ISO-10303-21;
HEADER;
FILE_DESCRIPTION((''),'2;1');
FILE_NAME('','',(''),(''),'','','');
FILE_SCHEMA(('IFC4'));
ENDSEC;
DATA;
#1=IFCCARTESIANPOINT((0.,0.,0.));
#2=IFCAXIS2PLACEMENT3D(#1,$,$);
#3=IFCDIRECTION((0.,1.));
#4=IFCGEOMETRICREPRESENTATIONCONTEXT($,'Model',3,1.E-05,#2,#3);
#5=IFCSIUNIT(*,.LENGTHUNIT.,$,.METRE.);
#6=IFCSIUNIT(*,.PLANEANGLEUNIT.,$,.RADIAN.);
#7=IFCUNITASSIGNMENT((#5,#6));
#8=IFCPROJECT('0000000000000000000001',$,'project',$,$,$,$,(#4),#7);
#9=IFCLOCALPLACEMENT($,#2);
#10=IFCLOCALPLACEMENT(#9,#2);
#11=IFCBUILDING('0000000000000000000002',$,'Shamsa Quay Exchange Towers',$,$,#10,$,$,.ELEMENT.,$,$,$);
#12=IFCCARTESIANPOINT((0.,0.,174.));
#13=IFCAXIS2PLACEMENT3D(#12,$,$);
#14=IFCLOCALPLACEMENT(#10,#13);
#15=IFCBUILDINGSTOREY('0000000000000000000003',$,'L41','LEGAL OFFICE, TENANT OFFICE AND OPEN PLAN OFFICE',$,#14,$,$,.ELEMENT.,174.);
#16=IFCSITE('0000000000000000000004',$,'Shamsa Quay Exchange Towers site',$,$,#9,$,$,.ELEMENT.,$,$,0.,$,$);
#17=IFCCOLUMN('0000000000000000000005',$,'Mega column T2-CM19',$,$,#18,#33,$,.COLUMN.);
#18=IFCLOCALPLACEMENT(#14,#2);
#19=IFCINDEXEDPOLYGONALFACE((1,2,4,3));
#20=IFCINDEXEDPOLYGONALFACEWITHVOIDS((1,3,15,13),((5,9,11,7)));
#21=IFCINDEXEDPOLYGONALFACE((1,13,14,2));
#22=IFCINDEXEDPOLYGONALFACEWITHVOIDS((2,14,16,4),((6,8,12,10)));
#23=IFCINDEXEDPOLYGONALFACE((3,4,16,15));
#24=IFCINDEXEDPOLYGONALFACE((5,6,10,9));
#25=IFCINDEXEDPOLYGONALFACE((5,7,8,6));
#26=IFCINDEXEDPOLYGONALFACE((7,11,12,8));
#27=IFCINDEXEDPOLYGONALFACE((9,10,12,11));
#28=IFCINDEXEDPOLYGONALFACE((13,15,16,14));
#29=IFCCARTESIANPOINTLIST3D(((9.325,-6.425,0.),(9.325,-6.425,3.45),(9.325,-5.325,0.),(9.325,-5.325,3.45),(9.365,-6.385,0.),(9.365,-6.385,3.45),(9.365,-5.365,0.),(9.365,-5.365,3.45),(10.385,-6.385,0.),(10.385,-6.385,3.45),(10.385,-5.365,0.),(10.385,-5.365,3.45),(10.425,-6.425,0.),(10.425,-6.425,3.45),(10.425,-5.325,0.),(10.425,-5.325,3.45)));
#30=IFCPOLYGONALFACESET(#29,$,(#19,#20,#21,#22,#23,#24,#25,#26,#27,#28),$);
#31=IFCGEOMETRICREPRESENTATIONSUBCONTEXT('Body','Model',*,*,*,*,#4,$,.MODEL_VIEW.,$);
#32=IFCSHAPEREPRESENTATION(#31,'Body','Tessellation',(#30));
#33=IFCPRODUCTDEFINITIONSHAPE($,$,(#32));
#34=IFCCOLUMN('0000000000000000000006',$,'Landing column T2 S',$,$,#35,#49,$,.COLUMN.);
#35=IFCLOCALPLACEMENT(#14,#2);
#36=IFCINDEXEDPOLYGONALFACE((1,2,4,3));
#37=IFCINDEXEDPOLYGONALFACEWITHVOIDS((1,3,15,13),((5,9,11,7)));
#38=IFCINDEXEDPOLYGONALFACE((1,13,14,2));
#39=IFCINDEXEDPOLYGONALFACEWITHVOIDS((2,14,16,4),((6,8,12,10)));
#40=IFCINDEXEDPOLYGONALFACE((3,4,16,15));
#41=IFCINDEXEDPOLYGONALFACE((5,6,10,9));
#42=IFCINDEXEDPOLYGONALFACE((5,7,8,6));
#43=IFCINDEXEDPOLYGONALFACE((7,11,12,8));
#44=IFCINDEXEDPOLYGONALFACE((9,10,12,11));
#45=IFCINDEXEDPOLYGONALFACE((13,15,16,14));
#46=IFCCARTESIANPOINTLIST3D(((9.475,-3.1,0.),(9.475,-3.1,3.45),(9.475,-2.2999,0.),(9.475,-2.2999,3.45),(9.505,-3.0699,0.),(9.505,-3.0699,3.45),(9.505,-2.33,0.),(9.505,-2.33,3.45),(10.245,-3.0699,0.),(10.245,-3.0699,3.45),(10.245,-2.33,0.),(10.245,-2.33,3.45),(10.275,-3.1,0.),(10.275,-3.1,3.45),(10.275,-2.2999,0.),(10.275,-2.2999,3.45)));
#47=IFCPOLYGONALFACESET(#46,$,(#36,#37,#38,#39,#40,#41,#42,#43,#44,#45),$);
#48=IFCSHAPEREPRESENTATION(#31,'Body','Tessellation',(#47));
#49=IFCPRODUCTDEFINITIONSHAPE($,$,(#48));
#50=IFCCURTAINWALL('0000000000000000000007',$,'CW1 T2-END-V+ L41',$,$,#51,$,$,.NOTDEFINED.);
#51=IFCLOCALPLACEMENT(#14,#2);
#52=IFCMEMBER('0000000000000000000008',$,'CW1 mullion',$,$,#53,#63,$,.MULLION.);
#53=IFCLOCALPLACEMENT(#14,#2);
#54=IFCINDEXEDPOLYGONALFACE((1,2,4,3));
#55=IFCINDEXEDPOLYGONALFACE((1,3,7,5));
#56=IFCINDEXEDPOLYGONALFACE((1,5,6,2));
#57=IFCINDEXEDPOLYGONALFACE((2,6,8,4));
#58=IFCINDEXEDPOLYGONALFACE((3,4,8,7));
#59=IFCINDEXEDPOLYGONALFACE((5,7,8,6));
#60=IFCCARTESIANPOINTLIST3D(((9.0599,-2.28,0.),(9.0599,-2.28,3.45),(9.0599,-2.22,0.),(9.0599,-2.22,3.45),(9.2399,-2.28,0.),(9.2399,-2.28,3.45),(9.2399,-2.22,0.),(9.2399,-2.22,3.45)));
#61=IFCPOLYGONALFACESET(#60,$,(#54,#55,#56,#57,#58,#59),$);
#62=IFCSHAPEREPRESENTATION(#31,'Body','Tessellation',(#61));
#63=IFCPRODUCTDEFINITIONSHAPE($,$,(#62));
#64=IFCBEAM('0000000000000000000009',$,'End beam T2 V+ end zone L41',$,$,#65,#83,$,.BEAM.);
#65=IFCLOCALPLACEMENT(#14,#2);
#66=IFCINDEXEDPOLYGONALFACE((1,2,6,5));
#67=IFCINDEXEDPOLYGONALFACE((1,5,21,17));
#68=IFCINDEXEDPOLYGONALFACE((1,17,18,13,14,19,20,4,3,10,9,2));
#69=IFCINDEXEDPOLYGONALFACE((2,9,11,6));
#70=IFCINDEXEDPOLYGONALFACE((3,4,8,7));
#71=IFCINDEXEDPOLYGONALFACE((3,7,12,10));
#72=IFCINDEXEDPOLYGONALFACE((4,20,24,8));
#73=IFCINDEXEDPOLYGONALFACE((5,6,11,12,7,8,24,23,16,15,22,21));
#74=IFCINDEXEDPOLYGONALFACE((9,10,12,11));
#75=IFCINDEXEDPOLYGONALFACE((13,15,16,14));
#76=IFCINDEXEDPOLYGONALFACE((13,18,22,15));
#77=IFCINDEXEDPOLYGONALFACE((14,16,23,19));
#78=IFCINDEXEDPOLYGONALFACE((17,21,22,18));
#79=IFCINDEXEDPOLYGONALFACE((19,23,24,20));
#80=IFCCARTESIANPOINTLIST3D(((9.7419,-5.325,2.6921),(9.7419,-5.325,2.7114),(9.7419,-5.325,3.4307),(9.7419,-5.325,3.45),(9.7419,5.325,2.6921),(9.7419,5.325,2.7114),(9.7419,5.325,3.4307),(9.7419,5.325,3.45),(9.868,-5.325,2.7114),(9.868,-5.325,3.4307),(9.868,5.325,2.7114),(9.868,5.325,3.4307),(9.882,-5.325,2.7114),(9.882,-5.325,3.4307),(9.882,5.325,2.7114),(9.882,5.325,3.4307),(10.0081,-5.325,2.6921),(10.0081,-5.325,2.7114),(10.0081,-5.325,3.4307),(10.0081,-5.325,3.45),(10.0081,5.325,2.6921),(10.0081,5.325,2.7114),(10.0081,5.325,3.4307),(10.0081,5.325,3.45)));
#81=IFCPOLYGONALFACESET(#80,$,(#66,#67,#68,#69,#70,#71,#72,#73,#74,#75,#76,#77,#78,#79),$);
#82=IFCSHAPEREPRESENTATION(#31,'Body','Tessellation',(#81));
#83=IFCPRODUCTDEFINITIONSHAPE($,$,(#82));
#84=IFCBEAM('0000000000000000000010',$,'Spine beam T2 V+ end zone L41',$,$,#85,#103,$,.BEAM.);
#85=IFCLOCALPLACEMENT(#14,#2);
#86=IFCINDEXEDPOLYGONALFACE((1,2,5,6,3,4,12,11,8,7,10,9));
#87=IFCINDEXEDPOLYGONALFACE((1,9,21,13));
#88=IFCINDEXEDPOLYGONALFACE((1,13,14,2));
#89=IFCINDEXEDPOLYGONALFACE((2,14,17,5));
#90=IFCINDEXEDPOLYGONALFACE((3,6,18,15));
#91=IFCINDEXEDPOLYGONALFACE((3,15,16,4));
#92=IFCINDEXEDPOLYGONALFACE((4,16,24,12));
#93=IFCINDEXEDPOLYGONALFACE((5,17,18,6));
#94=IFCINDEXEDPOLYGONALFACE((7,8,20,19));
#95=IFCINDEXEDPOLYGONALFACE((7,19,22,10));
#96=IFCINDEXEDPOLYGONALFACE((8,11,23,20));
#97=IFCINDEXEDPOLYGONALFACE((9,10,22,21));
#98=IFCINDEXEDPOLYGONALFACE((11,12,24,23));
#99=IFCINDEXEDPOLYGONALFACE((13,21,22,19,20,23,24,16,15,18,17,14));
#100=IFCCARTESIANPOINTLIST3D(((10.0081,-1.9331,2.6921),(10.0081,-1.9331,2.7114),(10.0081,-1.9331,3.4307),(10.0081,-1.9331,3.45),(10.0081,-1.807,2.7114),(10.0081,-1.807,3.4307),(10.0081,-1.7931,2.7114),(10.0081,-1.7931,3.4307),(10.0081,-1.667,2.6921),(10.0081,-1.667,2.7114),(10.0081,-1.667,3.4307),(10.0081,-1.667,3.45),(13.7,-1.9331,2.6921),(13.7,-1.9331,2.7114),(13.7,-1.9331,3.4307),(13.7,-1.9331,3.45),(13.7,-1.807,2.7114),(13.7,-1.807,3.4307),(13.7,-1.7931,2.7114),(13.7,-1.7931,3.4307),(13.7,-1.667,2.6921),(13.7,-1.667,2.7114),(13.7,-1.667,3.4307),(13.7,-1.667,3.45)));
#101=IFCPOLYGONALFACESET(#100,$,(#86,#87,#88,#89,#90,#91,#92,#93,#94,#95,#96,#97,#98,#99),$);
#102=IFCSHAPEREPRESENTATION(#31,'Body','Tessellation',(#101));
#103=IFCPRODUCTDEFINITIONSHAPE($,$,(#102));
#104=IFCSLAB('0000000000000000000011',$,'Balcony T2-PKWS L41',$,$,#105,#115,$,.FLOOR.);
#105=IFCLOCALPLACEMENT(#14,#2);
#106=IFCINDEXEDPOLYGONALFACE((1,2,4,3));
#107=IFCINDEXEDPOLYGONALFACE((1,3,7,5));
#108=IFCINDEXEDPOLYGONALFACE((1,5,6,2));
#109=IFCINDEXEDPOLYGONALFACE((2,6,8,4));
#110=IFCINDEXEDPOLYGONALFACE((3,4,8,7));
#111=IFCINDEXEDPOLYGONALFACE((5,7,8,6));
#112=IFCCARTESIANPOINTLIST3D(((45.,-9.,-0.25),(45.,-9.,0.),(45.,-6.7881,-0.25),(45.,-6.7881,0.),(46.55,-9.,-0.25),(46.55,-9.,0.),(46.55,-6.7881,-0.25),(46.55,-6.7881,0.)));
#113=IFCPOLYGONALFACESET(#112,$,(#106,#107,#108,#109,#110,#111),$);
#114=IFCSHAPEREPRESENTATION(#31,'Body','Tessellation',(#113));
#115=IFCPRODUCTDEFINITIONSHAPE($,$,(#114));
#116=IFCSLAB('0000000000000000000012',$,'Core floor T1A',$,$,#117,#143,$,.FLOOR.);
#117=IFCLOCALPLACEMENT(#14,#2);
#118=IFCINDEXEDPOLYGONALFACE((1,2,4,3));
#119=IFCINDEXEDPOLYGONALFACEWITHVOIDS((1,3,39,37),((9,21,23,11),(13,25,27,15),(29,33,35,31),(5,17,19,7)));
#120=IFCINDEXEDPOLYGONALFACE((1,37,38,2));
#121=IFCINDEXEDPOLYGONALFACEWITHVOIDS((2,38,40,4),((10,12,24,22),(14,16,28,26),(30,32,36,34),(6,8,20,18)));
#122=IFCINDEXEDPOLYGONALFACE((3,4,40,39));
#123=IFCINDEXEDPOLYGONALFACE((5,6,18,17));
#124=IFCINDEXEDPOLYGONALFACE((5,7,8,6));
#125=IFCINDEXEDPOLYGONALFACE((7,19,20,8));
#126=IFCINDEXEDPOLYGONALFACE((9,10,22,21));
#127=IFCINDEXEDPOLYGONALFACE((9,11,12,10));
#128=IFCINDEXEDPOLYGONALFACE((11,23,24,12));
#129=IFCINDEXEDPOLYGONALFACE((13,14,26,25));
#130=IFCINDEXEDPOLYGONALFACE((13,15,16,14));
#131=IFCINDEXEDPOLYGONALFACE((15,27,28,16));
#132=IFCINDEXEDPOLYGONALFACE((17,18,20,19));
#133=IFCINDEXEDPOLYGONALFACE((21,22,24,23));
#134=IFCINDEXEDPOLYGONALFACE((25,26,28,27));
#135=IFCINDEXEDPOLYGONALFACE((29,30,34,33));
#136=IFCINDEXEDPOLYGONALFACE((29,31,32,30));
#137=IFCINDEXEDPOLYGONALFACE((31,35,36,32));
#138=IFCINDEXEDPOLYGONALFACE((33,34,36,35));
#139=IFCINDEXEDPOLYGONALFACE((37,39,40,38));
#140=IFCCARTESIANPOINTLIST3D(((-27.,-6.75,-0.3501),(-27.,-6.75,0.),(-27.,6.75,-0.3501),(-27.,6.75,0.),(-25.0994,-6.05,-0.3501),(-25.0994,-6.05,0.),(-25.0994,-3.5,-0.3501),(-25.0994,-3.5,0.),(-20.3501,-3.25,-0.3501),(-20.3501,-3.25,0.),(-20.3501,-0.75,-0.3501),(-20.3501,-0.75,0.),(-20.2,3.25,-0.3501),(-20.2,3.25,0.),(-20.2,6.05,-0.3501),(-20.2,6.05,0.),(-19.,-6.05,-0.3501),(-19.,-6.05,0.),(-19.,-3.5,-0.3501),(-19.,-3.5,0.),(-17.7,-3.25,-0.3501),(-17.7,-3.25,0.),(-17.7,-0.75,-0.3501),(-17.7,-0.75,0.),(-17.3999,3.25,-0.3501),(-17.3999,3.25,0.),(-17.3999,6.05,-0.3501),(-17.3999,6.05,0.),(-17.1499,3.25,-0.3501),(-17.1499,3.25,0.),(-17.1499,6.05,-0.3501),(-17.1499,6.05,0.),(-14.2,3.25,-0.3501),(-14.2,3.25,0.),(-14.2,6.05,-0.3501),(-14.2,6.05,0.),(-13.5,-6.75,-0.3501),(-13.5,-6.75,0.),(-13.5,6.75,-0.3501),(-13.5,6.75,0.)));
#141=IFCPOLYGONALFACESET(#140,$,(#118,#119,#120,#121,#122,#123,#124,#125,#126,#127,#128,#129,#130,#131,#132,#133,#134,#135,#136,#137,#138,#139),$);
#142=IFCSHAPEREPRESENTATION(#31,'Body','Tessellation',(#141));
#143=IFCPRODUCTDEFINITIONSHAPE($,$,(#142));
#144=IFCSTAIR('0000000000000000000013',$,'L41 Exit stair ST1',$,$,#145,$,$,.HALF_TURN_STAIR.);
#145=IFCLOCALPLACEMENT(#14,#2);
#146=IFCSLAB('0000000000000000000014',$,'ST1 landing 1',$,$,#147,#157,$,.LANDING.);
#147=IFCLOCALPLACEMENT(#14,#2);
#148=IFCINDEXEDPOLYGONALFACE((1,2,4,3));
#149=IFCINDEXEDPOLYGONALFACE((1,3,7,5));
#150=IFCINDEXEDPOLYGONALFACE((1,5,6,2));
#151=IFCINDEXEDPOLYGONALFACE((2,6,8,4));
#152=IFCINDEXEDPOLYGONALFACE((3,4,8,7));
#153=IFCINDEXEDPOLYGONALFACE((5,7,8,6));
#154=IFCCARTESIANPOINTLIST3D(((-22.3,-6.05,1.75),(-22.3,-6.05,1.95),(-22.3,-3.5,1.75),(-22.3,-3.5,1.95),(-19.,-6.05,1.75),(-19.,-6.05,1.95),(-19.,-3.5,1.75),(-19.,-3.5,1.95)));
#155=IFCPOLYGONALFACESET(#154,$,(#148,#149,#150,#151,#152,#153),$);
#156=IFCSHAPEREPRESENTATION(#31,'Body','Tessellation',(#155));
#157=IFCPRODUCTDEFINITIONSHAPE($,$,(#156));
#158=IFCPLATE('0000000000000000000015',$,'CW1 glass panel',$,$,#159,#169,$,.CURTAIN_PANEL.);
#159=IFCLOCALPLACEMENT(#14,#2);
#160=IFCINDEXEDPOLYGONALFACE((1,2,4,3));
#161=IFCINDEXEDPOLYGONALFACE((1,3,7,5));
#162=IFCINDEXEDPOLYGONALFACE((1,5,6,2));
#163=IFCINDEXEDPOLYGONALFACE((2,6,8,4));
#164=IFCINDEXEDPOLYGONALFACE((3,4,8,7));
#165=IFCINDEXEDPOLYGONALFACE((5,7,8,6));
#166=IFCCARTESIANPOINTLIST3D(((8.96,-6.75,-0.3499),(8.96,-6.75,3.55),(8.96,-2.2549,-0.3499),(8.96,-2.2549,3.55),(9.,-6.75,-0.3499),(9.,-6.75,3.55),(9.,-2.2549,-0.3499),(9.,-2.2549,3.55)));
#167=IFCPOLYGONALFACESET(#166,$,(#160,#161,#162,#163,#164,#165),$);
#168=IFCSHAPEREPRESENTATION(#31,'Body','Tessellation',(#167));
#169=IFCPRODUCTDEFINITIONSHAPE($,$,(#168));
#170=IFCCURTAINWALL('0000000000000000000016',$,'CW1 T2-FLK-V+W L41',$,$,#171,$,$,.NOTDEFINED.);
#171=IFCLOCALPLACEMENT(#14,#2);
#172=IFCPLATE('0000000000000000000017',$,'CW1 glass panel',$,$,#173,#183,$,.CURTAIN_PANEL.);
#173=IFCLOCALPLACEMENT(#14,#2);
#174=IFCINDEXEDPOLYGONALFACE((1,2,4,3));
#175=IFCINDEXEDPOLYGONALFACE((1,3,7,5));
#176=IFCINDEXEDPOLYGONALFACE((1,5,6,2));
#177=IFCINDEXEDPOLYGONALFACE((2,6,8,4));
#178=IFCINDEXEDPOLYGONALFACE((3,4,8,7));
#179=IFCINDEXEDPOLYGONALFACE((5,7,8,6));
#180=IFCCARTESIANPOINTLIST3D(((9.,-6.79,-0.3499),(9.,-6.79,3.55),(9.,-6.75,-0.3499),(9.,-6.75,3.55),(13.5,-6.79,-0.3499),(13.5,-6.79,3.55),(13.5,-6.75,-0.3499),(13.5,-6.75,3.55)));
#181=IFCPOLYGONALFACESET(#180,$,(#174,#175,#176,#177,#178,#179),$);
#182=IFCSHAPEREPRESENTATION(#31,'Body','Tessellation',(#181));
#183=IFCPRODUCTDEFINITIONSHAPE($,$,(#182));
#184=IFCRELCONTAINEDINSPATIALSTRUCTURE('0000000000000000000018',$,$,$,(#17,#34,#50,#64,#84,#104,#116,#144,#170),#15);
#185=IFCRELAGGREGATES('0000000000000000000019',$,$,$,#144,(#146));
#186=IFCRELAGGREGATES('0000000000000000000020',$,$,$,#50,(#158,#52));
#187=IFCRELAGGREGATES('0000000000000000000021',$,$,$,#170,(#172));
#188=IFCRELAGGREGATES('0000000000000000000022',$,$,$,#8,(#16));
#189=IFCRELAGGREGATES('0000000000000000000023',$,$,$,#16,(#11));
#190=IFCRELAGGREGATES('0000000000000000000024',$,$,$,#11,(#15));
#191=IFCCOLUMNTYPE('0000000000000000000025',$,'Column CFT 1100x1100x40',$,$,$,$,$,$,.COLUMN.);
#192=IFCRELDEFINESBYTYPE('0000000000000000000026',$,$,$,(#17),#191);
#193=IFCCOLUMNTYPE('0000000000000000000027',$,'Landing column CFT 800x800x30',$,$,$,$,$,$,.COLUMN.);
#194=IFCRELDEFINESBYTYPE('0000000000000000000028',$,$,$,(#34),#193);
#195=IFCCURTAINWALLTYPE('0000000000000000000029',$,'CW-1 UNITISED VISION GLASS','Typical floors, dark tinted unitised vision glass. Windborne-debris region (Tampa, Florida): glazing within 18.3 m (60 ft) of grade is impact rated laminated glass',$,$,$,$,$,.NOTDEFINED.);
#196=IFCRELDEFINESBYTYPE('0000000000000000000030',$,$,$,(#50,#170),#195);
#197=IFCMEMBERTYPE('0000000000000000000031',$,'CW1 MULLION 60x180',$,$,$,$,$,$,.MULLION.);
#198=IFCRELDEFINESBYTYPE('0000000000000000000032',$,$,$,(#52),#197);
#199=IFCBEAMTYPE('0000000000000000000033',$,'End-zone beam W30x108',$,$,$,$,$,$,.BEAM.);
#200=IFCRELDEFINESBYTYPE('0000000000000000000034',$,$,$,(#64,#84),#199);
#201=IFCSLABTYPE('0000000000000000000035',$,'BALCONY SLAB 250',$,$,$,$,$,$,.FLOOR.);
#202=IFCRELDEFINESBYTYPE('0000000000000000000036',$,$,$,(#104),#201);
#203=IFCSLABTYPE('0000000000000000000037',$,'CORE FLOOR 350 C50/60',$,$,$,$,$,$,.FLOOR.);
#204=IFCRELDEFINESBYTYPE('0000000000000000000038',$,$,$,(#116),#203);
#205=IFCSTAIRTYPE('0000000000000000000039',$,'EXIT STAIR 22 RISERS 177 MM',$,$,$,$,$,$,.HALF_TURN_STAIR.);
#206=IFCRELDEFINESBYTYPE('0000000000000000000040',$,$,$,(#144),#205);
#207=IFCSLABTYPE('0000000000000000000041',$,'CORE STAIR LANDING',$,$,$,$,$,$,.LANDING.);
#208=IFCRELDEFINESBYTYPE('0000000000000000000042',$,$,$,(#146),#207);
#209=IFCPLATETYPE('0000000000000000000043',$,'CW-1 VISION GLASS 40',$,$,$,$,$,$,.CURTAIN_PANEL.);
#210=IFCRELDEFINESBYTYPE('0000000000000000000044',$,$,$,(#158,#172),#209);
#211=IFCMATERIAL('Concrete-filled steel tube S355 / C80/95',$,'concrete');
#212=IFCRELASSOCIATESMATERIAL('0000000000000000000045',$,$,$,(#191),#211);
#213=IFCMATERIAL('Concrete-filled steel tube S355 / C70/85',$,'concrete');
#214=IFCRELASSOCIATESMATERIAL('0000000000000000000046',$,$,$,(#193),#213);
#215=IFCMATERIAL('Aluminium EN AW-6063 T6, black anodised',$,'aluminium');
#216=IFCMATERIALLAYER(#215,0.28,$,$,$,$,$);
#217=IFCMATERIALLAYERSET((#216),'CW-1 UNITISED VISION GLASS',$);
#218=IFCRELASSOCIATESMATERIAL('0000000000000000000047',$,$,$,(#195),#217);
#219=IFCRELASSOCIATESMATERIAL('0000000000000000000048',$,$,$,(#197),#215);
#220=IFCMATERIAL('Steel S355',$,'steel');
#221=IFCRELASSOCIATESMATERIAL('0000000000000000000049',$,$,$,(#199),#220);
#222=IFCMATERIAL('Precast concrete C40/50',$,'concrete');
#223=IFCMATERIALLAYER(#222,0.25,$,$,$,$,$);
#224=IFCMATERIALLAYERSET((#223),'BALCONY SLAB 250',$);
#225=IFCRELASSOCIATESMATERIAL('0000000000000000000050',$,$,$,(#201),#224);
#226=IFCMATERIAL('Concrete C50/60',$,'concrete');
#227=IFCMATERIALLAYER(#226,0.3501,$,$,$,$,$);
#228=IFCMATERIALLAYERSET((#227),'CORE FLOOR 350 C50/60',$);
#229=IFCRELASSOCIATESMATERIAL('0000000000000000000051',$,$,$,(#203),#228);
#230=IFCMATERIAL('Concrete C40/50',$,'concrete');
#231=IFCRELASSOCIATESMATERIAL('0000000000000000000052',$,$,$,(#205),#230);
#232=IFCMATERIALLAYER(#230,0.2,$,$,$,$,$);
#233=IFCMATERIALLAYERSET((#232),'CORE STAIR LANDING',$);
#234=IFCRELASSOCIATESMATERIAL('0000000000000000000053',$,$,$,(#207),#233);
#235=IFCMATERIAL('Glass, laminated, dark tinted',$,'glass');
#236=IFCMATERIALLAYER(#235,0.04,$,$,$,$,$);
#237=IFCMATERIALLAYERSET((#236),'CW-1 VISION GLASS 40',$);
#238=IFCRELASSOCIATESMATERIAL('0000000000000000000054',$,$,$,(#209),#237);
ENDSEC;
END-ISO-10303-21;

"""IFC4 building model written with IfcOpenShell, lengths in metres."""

from ifc_helpers import new_model, si_unit, direction, frame, origin, origin_2d, place, context, subcontext, project, spatial, polyline, rectangle, hollow_rectangle, i_section, outline, extrude, material, layer, layer_set, material_profile, profile_set, type_object, element, aggregate, save


model = new_model("IFC4")

# Units and contexts
model_context = context("Model", 3, precision=1e-05, world=origin(), true_north=direction((0.0, 1.0)))
body_context = subcontext(model_context, "Body", "Model", "MODEL_VIEW")
ifc_project = project(units=[si_unit("LENGTHUNIT", "METRE"), si_unit("PLANEANGLEUNIT", "RADIAN")], contexts=[model_context])

# Site, building, storey
site_placement = place(None, origin())
site = spatial("IfcSite", under=ifc_project, at=site_placement, Name="Shamsa Quay Exchange Towers site", CompositionType="ELEMENT", RefElevation=0.0)
building_placement = place(site_placement, origin())
building = spatial("IfcBuilding", under=site, at=building_placement, Name="Shamsa Quay Exchange Towers", CompositionType="ELEMENT")
storey_placement = place(building_placement, frame((0.0, 0.0, 174.0)))
storey = spatial("IfcBuildingStorey", under=building, at=storey_placement, Name="L41", Description="LEGAL OFFICE, TENANT OFFICE AND OPEN PLAN OFFICE", CompositionType="ELEMENT", Elevation=174.0)

# Columns
ifc_material_1 = material(Name="Concrete-filled steel tube S355 / C80/95", Category="concrete")
ifc_material_profile_1 = material_profile(ifc_material_1, hollow_rectangle(XDim=1.1001, YDim=1.1001, WallThickness=0.04, at=origin_2d()), Name="CFT 1100x1100x40")
ifc_profile_set_1 = profile_set([ifc_material_profile_1], Name="Concrete-filled steel tube S355 / C80/95")
column_type_1 = type_object("IfcColumnType", Name="Column CFT 1100x1100x40", PredefinedType="COLUMN", material=ifc_profile_set_1)
column_1_placement = place(storey_placement, frame((9.875, -5.875, 0.0)))
element("IfcColumn", 1, at=column_1_placement, inside=storey, type_object=column_type_1, Name="Mega column T2-CM19", PredefinedType="COLUMN", context=body_context, shape_type="SweptSolid", body=[
    extrude(hollow_rectangle(XDim=1.1001, YDim=1.1001, WallThickness=0.04, at=origin_2d()), origin(), (0.0, 0.0, 1.0), 3.45),
])
ifc_material_2 = material(Name="Concrete-filled steel tube S355 / C70/85", Category="concrete")
ifc_material_profile_2 = material_profile(ifc_material_2, hollow_rectangle(XDim=0.8, YDim=0.8, WallThickness=0.03, at=origin_2d()), Name="CFT 800x800x30")
ifc_profile_set_2 = profile_set([ifc_material_profile_2], Name="Concrete-filled steel tube S355 / C70/85")
column_type_2 = type_object("IfcColumnType", Name="Landing column CFT 800x800x30", PredefinedType="COLUMN", material=ifc_profile_set_2)
column_2_placement = place(storey_placement, frame((9.875, -2.7, 0.0)))
element("IfcColumn", 2, at=column_2_placement, inside=storey, type_object=column_type_2, Name="Landing column T2 S", PredefinedType="COLUMN", context=body_context, shape_type="SweptSolid", body=[
    extrude(hollow_rectangle(XDim=0.8, YDim=0.8, WallThickness=0.03, at=origin_2d()), origin(), (0.0, 0.0, 1.0), 3.45),
])

# Curtain wall, member
ifc_material_3 = material(Name="Aluminium EN AW-6063 T6, black anodised", Category="aluminium")
ifc_layer_1 = layer(ifc_material_3, 0.28)
ifc_layer_set_1 = layer_set([ifc_layer_1], Name="CW-1 UNITISED VISION GLASS")
curtain_wall_type_1 = type_object("IfcCurtainWallType", Name="CW-1 UNITISED VISION GLASS", Description="Typical floors, dark tinted unitised vision glass. Windborne-debris region (Tampa, Florida): glazing within 18.3 m (60 ft) of grade is impact rated laminated glass", PredefinedType="NOTDEFINED", material=ifc_layer_set_1)
curtain_wall_1_placement = place(storey_placement, origin())
curtain_wall_1 = element("IfcCurtainWall", 3, at=curtain_wall_1_placement, inside=storey, type_object=curtain_wall_type_1, Name="CW1 T2-END-V+ L41", PredefinedType="NOTDEFINED")
ifc_material_profile_3 = material_profile(ifc_material_3, rectangle(XDim=0.1799, YDim=0.0601, at=origin_2d()), Name="MU60x180")
ifc_profile_set_3 = profile_set([ifc_material_profile_3], Name="Aluminium EN AW-6063 T6, black anodised")
member_type = type_object("IfcMemberType", Name="CW1 MULLION 60x180", PredefinedType="MULLION", material=ifc_profile_set_3)
member_placement = place(storey_placement, frame((9.1499, -2.25, 0.0)))
member = element("IfcMember", 4, at=member_placement, type_object=member_type, Name="CW1 mullion", PredefinedType="MULLION", context=body_context, shape_type="SweptSolid", body=[
    extrude(rectangle(XDim=0.1799, YDim=0.0601, at=origin_2d()), origin(), (0.0, 0.0, 1.0), 3.45),
])

# Beams
ifc_material_4 = material(Name="Steel S355", Category="steel")
ifc_material_profile_4 = material_profile(ifc_material_4, i_section(OverallWidth=0.2661, OverallDepth=0.7578, WebThickness=0.0139, FlangeThickness=0.0193, at=origin_2d()), Name="W30x108")
ifc_profile_set_4 = profile_set([ifc_material_profile_4], Name="Steel S355")
beam_type = type_object("IfcBeamType", Name="End-zone beam W30x108", PredefinedType="BEAM", material=ifc_profile_set_4)
beam_1_placement = place(storey_placement, frame((9.875, -5.325, 3.071), z_axis=(0.0, 1.0, 0.0), x_axis=(-1.0, 0.0, 0.0)))
element("IfcBeam", 5, at=beam_1_placement, inside=storey, type_object=beam_type, Name="End beam T2 V+ end zone L41", PredefinedType="BEAM", context=body_context, shape_type="SweptSolid", body=[
    extrude(i_section(OverallWidth=0.2661, OverallDepth=0.7578, WebThickness=0.0139, FlangeThickness=0.0193, at=origin_2d()), origin(), (0.0, 0.0, 1.0), 10.6499),
])
beam_2_placement = place(storey_placement, frame((13.7, -1.8, 3.071), z_axis=(-1.0, 0.0, 0.0), x_axis=(0.0, -1.0, 0.0)))
element("IfcBeam", 6, at=beam_2_placement, inside=storey, type_object=beam_type, Name="Spine beam T2 V+ end zone L41", PredefinedType="BEAM", context=body_context, shape_type="SweptSolid", body=[
    extrude(i_section(OverallWidth=0.2661, OverallDepth=0.7578, WebThickness=0.0139, FlangeThickness=0.0193, at=origin_2d()), origin(), (0.0, 0.0, 1.0), 3.6919),
])

# Slabs
ifc_material_5 = material(Name="Precast concrete C40/50", Category="concrete")
ifc_layer_2 = layer(ifc_material_5, 0.25)
ifc_layer_set_2 = layer_set([ifc_layer_2], Name="BALCONY SLAB 250")
slab_type_1 = type_object("IfcSlabType", Name="BALCONY SLAB 250", PredefinedType="FLOOR", material=ifc_layer_set_2)
slab_1_placement = place(storey_placement, frame((0.0, 0.0, -0.25)))
element("IfcSlab", 7, at=slab_1_placement, inside=storey, type_object=slab_type_1, Name="Balcony T2-PKWS L41", PredefinedType="FLOOR", context=body_context, shape_type="SweptSolid", body=[
    extrude(outline(polyline([(45.0, -9.0), (45.0, -6.7881), (46.55, -6.7881), (46.55, -9.0), (45.0, -9.0)])), origin(), (0.0, 0.0, 1.0), 0.25),
])
ifc_material_6 = material(Name="Concrete C50/60", Category="concrete")
ifc_layer_3 = layer(ifc_material_6, 0.3501)
ifc_layer_set_3 = layer_set([ifc_layer_3], Name="CORE FLOOR 350 C50/60")
slab_type_2 = type_object("IfcSlabType", Name="CORE FLOOR 350 C50/60", PredefinedType="FLOOR", material=ifc_layer_set_3)
slab_2_placement = place(storey_placement, frame((0.0, 0.0, -0.3501)))
element("IfcSlab", 8, at=slab_2_placement, inside=storey, type_object=slab_type_2, Name="Core floor T1A", PredefinedType="FLOOR", context=body_context, shape_type="SweptSolid", body=[
    extrude(outline(polyline([(-27.0, -6.75), (-13.5, -6.75), (-13.5, 6.75), (-27.0, 6.75), (-27.0, -6.75)]), holes=[polyline([(-25.0994, -6.05), (-25.0994, -3.5), (-19.0, -3.5), (-19.0, -6.05), (-25.0994, -6.05)]), polyline([(-20.2, 3.25), (-20.2, 6.05), (-17.3999, 6.05), (-17.3999, 3.25), (-20.2, 3.25)]), polyline([(-17.1499, 3.25), (-17.1499, 6.05), (-14.2, 6.05), (-14.2, 3.25), (-17.1499, 3.25)]), polyline([(-20.3501, -3.25), (-20.3501, -0.75), (-17.7, -0.75), (-17.7, -3.25), (-20.3501, -3.25)])]), origin(), (0.0, 0.0, 1.0), 0.3501),
])

# Stair, slab
ifc_material_7 = material(Name="Concrete C40/50", Category="concrete")
stair_type = type_object("IfcStairType", Name="EXIT STAIR 22 RISERS 177 MM", PredefinedType="HALF_TURN_STAIR", material=ifc_material_7)
stair_1_placement = place(storey_placement, origin())
stair_1 = element("IfcStair", 9, at=stair_1_placement, inside=storey, type_object=stair_type, Name="L41 Exit stair ST1", PredefinedType="HALF_TURN_STAIR")
ifc_layer_4 = layer(ifc_material_7, 0.2)
ifc_layer_set_4 = layer_set([ifc_layer_4], Name="CORE STAIR LANDING")
slab_type_3 = type_object("IfcSlabType", Name="CORE STAIR LANDING", PredefinedType="LANDING", material=ifc_layer_set_4)
slab_3_placement = place(storey_placement, frame((0.0, 0.0, 1.75)))
slab_3 = element("IfcSlab", 10, at=slab_3_placement, type_object=slab_type_3, Name="ST1 landing 1", PredefinedType="LANDING", context=body_context, shape_type="SweptSolid", body=[
    extrude(outline(polyline([(-22.3, -6.05), (-19.0, -6.05), (-19.0, -3.5), (-22.3, -3.5), (-22.3, -6.05)])), origin(), (0.0, 0.0, 1.0), 0.2),
])
aggregate(stair_1, [slab_3])

# Plate
ifc_material_8 = material(Name="Glass, laminated, dark tinted", Category="glass")
ifc_layer_5 = layer(ifc_material_8, 0.04)
ifc_layer_set_5 = layer_set([ifc_layer_5], Name="CW-1 VISION GLASS 40")
plate_type_1 = type_object("IfcPlateType", Name="CW-1 VISION GLASS 40", PredefinedType="CURTAIN_PANEL", material=ifc_layer_set_5)
plate_1_placement = place(storey_placement, frame((8.98, -4.5024, -0.3499), z_axis=(0.0, 0.0, 1.0), x_axis=(0.0, -1.0, 0.0)))
plate_1 = element("IfcPlate", 11, at=plate_1_placement, type_object=plate_type_1, Name="CW1 glass panel", PredefinedType="CURTAIN_PANEL", context=body_context, shape_type="SweptSolid", body=[
    extrude(rectangle(XDim=4.4951, YDim=0.04, at=origin_2d()), origin(), (0.0, 0.0, 1.0), 3.8999),
])
aggregate(curtain_wall_1, [plate_1, member])

# Curtain wall, plate
curtain_wall_2_placement = place(storey_placement, origin())
curtain_wall_2 = element("IfcCurtainWall", 12, at=curtain_wall_2_placement, inside=storey, type_object=curtain_wall_type_1, Name="CW1 T2-FLK-V+W L41", PredefinedType="NOTDEFINED")
plate_2_placement = place(storey_placement, frame((11.25, -6.77, -0.3499)))
plate_2 = element("IfcPlate", 13, at=plate_2_placement, type_object=plate_type_1, Name="CW1 glass panel", PredefinedType="CURTAIN_PANEL", context=body_context, shape_type="SweptSolid", body=[
    extrude(rectangle(XDim=4.5, YDim=0.04, at=origin_2d()), origin(), (0.0, 0.0, 1.0), 3.8999),
])
aggregate(curtain_wall_2, [plate_2])

save(model, "model.ifc")
